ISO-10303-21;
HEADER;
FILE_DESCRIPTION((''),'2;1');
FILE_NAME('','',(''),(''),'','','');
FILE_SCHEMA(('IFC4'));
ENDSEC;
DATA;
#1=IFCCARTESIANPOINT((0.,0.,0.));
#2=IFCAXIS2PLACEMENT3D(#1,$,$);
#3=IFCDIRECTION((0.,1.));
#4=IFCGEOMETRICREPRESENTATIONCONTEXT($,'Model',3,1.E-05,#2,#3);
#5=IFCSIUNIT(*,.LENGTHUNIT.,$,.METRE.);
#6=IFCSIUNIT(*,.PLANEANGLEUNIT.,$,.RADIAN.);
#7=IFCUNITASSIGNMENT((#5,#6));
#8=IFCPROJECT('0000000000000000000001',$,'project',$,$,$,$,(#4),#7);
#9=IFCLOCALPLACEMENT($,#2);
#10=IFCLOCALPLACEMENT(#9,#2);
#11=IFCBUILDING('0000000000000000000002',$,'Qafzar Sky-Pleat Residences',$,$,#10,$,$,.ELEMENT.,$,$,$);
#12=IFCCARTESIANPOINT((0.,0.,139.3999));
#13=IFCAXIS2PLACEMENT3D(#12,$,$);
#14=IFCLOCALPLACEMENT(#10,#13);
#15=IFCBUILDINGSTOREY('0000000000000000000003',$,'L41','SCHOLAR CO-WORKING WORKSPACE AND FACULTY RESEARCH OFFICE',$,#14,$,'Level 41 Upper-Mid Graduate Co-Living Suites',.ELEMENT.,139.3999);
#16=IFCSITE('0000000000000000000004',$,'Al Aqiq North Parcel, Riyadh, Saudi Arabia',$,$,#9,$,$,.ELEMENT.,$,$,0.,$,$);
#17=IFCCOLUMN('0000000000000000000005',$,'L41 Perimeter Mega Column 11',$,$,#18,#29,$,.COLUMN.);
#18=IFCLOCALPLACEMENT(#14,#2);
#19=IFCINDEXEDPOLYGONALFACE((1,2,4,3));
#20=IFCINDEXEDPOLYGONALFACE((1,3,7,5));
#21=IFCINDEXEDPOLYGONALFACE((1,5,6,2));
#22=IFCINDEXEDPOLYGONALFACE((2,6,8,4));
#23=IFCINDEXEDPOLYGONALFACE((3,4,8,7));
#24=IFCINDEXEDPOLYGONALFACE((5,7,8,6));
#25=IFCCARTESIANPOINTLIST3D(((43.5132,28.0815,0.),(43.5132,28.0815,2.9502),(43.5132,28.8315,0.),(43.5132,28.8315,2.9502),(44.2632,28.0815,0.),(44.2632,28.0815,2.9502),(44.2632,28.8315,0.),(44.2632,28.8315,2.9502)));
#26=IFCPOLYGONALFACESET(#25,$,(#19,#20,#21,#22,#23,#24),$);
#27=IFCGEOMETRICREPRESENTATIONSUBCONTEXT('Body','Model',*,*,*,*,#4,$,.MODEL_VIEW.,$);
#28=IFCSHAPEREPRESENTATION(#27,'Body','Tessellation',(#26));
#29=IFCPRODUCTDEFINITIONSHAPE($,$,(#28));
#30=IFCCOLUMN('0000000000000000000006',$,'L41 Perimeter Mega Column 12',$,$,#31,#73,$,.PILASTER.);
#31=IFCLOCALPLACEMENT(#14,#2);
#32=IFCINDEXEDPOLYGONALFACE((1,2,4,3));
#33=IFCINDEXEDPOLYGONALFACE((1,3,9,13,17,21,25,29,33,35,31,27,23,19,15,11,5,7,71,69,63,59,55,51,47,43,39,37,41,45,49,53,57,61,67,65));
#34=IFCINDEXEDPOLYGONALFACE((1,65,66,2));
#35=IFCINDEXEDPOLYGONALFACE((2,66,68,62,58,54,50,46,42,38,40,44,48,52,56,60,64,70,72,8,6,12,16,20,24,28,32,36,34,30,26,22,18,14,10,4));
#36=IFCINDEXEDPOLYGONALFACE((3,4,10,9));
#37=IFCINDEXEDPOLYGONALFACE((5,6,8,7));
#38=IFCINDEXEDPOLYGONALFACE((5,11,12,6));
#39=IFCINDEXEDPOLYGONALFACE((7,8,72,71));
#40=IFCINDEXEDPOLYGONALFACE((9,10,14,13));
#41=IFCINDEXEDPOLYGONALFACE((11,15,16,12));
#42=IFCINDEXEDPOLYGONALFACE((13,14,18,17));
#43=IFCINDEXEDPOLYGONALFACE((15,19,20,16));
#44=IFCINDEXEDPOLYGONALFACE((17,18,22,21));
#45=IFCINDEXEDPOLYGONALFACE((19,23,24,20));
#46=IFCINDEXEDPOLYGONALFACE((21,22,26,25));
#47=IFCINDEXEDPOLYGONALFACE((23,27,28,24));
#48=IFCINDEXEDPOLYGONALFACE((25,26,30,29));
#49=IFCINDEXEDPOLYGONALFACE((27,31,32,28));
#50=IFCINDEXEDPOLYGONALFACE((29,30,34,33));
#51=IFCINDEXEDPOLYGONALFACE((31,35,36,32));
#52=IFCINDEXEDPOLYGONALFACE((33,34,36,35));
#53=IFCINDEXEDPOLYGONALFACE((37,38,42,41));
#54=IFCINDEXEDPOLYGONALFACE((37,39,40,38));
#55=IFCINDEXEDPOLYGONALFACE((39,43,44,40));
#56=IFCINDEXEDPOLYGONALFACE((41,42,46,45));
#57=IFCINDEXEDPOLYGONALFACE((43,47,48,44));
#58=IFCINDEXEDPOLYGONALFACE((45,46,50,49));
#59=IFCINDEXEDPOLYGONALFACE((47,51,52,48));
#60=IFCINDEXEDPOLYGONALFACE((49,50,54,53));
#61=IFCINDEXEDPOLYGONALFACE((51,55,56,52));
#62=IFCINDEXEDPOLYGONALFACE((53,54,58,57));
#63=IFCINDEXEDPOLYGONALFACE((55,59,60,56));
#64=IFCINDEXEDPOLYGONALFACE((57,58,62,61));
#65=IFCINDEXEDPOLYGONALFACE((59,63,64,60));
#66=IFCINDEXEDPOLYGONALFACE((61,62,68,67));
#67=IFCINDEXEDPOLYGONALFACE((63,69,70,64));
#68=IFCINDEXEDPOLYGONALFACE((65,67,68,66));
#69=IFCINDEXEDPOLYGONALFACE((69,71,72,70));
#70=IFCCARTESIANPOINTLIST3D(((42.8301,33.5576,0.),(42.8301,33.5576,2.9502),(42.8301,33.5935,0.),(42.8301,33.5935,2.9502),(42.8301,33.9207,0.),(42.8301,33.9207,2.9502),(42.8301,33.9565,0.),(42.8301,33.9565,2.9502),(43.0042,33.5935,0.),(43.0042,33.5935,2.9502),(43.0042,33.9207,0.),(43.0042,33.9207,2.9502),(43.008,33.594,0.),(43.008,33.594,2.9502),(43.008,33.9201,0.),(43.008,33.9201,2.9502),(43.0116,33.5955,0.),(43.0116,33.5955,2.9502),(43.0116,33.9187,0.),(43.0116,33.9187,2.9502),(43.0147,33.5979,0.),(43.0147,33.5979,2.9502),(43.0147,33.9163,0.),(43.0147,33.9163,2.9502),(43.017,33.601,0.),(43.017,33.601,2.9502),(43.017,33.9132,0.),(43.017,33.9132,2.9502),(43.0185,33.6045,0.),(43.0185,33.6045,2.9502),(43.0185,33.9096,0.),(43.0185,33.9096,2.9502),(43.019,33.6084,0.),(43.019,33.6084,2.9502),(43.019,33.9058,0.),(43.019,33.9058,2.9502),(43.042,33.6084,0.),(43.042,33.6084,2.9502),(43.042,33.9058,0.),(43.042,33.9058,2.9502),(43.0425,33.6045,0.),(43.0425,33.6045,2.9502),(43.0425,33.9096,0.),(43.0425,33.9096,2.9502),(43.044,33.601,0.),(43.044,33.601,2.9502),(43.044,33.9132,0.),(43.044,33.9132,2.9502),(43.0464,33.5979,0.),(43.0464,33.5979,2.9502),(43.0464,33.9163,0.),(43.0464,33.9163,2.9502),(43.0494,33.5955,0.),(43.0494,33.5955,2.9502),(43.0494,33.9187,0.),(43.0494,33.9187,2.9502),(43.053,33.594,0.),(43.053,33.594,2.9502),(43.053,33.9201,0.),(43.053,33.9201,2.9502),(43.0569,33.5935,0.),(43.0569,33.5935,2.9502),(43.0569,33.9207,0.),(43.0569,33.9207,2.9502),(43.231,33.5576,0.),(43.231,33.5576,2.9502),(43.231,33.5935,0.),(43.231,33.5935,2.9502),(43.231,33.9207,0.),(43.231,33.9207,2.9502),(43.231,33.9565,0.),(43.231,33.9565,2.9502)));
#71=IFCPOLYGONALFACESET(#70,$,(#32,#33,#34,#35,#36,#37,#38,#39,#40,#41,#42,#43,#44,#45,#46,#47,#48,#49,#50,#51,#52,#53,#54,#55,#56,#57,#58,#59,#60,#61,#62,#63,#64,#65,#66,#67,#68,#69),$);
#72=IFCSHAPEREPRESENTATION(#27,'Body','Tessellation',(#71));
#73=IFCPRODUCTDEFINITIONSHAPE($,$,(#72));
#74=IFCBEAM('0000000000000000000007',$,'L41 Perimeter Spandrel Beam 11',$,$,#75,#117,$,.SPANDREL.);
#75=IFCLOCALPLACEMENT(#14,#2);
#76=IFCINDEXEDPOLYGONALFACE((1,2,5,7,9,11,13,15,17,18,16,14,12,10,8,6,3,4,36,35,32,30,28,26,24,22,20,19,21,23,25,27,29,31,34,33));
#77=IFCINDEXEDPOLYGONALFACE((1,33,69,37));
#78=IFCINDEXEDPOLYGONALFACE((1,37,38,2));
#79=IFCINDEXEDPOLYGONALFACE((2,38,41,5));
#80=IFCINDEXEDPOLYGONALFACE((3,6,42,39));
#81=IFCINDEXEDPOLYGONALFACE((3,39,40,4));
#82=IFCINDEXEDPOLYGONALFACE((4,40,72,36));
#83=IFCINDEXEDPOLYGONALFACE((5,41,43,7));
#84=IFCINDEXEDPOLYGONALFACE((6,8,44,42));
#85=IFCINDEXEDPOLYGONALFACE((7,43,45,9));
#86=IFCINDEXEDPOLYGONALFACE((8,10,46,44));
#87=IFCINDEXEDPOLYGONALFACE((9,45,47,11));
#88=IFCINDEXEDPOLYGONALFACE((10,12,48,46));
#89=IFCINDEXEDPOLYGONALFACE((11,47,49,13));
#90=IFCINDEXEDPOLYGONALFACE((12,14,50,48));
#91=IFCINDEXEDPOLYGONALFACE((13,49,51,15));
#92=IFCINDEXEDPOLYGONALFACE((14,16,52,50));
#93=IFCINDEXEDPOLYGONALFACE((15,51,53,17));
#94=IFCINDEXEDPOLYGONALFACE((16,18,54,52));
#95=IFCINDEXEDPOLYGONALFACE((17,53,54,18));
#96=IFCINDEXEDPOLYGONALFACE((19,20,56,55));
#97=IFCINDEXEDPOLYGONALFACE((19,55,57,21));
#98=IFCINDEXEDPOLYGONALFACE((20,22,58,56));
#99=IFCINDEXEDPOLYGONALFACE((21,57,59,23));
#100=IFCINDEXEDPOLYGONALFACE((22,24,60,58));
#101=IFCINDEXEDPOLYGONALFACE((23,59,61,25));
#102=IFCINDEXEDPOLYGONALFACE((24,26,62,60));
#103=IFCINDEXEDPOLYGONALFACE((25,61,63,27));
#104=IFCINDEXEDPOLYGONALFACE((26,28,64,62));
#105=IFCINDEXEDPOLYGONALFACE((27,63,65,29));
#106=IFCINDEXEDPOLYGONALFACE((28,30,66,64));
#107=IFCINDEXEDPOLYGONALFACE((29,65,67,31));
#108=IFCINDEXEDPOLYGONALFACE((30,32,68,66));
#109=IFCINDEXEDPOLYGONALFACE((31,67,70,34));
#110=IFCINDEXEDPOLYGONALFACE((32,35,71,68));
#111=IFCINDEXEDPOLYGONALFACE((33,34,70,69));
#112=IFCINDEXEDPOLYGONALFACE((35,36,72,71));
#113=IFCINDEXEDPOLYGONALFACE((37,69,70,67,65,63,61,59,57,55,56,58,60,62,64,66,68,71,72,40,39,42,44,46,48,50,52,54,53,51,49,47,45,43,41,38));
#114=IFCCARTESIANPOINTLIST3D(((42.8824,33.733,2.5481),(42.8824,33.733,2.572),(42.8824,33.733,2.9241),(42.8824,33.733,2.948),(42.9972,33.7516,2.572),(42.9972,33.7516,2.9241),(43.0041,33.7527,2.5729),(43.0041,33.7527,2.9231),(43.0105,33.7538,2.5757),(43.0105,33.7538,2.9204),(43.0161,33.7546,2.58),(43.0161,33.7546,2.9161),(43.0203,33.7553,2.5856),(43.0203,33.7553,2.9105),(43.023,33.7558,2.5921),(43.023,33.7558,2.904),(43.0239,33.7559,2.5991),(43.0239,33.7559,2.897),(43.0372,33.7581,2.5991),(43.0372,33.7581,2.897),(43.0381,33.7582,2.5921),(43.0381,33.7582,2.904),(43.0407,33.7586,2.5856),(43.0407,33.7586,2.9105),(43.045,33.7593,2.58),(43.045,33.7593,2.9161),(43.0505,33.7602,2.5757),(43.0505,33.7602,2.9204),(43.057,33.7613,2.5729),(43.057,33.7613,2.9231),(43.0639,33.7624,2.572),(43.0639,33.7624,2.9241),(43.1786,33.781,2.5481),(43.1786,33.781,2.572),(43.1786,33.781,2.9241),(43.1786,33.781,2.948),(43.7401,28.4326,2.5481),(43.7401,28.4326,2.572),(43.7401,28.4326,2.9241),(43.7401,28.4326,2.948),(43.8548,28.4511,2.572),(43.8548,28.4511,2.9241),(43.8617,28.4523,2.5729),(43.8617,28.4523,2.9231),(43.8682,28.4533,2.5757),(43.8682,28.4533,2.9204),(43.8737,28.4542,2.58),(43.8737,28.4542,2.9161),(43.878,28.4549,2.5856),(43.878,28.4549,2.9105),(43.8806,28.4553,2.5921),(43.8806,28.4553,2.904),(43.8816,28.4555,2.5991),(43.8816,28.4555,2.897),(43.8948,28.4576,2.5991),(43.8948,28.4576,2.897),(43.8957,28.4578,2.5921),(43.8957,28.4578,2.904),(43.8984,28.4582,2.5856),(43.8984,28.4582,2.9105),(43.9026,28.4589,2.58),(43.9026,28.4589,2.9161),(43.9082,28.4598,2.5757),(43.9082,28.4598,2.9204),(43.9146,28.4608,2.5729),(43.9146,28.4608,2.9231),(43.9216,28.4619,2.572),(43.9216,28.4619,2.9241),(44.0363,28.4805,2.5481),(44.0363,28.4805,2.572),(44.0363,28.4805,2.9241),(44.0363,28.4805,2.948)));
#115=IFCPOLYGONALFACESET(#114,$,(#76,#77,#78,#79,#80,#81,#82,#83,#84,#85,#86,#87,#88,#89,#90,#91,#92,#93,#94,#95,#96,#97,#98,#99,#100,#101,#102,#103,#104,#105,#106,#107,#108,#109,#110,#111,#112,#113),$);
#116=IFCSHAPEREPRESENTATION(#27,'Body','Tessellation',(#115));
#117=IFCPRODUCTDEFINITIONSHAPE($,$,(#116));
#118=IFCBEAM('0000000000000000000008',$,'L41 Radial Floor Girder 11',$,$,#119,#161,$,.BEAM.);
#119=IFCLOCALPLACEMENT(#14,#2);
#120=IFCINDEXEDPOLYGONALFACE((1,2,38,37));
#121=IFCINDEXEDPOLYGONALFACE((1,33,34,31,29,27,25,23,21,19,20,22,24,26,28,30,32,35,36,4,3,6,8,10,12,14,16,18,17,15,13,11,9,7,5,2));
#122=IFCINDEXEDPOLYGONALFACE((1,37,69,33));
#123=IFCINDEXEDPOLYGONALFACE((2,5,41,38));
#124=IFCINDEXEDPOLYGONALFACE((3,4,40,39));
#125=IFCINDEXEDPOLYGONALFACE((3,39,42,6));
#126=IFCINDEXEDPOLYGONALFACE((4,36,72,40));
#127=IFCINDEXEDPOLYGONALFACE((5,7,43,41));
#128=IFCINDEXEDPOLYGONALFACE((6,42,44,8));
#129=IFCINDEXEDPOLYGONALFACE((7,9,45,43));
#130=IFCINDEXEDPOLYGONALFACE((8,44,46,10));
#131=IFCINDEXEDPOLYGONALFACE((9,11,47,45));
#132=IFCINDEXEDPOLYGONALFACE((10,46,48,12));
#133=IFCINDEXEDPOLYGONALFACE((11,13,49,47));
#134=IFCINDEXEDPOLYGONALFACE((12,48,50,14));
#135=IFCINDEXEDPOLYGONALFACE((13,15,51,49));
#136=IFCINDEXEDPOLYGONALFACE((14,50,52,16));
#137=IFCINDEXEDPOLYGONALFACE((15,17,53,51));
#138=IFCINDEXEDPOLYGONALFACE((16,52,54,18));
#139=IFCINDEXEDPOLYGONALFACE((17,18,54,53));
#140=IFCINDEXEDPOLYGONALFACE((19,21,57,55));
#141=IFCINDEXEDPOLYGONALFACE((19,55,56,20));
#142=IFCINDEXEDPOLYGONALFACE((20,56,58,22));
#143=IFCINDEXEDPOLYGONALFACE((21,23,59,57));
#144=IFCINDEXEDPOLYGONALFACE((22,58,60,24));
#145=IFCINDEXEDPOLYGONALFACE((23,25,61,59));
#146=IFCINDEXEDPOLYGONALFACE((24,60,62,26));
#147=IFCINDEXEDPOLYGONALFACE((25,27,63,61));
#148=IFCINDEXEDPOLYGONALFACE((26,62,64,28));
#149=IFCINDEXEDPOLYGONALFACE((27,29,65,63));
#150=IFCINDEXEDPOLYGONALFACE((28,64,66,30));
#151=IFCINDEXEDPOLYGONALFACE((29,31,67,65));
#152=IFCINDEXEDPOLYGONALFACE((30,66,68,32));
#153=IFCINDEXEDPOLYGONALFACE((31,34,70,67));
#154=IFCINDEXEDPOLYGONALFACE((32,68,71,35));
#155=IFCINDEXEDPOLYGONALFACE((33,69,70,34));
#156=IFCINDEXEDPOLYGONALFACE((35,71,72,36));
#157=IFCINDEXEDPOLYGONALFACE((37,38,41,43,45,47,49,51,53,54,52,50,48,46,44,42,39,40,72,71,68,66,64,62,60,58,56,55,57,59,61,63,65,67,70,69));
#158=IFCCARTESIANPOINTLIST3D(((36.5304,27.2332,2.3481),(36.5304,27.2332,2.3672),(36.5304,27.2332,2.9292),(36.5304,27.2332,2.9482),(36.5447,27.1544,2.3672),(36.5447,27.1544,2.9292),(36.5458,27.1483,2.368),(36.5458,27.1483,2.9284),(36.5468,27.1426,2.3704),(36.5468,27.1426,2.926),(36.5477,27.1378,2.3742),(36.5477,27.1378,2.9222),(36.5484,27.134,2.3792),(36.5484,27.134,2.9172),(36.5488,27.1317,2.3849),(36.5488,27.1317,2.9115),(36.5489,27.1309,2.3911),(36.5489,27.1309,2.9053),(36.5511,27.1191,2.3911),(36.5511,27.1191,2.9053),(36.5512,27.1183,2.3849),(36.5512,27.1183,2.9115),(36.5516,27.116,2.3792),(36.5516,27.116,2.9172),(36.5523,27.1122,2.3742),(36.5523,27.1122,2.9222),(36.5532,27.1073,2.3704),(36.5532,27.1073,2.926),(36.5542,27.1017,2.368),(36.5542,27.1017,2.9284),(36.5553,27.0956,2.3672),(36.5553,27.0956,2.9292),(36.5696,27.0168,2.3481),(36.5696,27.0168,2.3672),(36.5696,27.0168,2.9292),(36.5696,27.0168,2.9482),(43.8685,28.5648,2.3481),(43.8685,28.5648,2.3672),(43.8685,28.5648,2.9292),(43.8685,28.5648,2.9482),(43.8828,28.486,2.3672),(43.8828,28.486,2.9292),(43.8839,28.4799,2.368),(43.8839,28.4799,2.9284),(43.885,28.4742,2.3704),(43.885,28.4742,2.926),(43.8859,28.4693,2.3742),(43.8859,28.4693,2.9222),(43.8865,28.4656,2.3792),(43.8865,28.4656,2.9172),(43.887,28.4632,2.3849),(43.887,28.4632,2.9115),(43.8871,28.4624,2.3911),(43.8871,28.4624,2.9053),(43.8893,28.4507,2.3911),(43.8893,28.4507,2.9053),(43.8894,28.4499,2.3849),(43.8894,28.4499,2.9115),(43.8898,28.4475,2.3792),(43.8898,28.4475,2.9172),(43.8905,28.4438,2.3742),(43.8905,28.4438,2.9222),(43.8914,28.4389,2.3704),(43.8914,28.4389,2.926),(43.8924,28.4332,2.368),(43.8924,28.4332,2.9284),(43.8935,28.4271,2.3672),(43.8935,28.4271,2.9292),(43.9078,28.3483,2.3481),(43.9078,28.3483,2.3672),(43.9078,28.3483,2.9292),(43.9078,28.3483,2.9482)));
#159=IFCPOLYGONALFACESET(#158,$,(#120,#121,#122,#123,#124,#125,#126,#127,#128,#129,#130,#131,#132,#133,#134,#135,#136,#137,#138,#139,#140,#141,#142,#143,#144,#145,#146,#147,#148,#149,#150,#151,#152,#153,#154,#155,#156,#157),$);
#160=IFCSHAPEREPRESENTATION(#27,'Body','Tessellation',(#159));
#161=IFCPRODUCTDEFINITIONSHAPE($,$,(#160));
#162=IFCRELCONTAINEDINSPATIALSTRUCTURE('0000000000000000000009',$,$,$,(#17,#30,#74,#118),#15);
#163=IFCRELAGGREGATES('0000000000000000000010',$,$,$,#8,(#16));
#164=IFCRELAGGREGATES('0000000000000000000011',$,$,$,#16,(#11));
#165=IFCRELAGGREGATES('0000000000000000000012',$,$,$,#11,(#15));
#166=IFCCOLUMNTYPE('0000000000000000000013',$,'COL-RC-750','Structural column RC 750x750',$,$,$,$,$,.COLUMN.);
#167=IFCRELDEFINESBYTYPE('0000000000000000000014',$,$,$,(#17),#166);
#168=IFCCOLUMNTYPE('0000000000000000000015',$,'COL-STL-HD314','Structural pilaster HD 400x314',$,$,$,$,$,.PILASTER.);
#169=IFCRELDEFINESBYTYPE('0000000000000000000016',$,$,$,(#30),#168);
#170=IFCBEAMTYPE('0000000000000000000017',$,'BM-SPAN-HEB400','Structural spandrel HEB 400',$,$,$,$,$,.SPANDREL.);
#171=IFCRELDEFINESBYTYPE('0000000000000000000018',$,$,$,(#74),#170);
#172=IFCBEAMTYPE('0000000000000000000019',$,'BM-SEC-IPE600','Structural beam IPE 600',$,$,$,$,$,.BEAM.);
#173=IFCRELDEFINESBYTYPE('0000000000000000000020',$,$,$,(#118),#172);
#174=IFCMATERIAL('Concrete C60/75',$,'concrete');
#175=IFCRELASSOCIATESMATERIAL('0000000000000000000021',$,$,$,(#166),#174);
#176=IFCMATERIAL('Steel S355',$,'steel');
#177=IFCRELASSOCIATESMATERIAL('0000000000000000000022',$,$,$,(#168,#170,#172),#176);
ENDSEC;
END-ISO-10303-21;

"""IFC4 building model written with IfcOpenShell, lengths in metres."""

from ifc_helpers import new_model, si_unit, direction, frame, origin, origin_2d, place, context, subcontext, project, spatial, rectangle, i_section, extrude, source, transform, mapped, material, material_profile, profile_set, type_object, element, save


model = new_model("IFC4")

# Units and contexts
model_context = context("Model", 3, precision=1e-05, world=origin(), true_north=direction((0.0, 1.0)))
body_context = subcontext(model_context, "Body", "Model", "MODEL_VIEW")
ifc_project = project(units=[si_unit("LENGTHUNIT", "METRE"), si_unit("PLANEANGLEUNIT", "RADIAN")], contexts=[model_context])

# Site, building, storey
site_placement = place(None, origin())
site = spatial("IfcSite", under=ifc_project, at=site_placement, Name="Al Aqiq North Parcel, Riyadh, Saudi Arabia", CompositionType="ELEMENT", RefElevation=0.0)
building_placement = place(site_placement, origin())
building = spatial("IfcBuilding", under=site, at=building_placement, Name="Qafzar Sky-Pleat Residences", CompositionType="ELEMENT")
storey_placement = place(building_placement, frame((0.0, 0.0, 139.3999)))
storey = spatial("IfcBuildingStorey", under=building, at=storey_placement, Name="L41", Description="SCHOLAR CO-WORKING WORKSPACE AND FACULTY RESEARCH OFFICE", LongName="Level 41 Upper-Mid Graduate Co-Living Suites", CompositionType="ELEMENT", Elevation=139.3999)

# Columns
ifc_material_1 = material(Name="Concrete C60/75", Category="concrete")
ifc_material_profile_1 = material_profile(ifc_material_1, rectangle(XDim=0.75, YDim=0.75, at=origin_2d()), Name="RC 750x750")
ifc_profile_set_1 = profile_set([ifc_material_profile_1], Name="Concrete C60/75")
column_type_1 = type_object("IfcColumnType", Name="COL-RC-750", Description="Structural column RC 750x750", PredefinedType="COLUMN", material=ifc_profile_set_1)
shared_shape_1 = source(origin(), body_context, "Body", "SweptSolid", [
    extrude(rectangle(XDim=0.75, YDim=0.75, at=origin_2d()), origin(), (0.0, 0.0, 1.0), 2.9502),
])
column_1_placement = place(storey_placement, frame((43.8882, 28.4565, 0.0), z_axis=(0.0, 0.0, 1.0), x_axis=(1.0, 0.0, 0.0)))
element("IfcColumn", 1, at=column_1_placement, inside=storey, type_object=column_type_1, Name="L41 Perimeter Mega Column 11", PredefinedType="COLUMN", context=body_context, shape_type="MappedRepresentation", body=[
    mapped(shared_shape_1, transform((0.0, 0.0, 0.0), x_axis=(1.0, 0.0, 0.0), y_axis=(0.0, 1.0, 0.0), z_axis=(0.0, 0.0, 1.0), scale=1.0)),
])
ifc_material_2 = material(Name="Steel S355", Category="steel")
ifc_material_profile_2 = material_profile(ifc_material_2, i_section(OverallWidth=0.4009, OverallDepth=0.3989, WebThickness=0.0229, FlangeThickness=0.0359, FilletRadius=0.0149, at=origin_2d()), Name="HD 400x314")
ifc_profile_set_2 = profile_set([ifc_material_profile_2], Name="Steel S355")
column_type_2 = type_object("IfcColumnType", Name="COL-STL-HD314", Description="Structural pilaster HD 400x314", PredefinedType="PILASTER", material=ifc_profile_set_2)
shared_shape_2 = source(origin(), body_context, "Body", "SweptSolid", [
    extrude(i_section(OverallWidth=0.4009, OverallDepth=0.3989, WebThickness=0.0229, FlangeThickness=0.0359, FilletRadius=0.0149, at=origin_2d()), origin(), (0.0, 0.0, 1.0), 2.9502),
])
column_2_placement = place(storey_placement, frame((43.0305, 33.7571, 0.0), z_axis=(0.0, 0.0, 1.0), x_axis=(1.0, 0.0, 0.0)))
element("IfcColumn", 2, at=column_2_placement, inside=storey, type_object=column_type_2, Name="L41 Perimeter Mega Column 12", PredefinedType="PILASTER", context=body_context, shape_type="MappedRepresentation", body=[
    mapped(shared_shape_2, transform((0.0, 0.0, 0.0), x_axis=(1.0, 0.0, 0.0), y_axis=(0.0, 1.0, 0.0), z_axis=(0.0, 0.0, 1.0), scale=1.0)),
])

# Beams
ifc_material_profile_3 = material_profile(ifc_material_2, i_section(OverallWidth=0.3, OverallDepth=0.3999, WebThickness=0.0134, FlangeThickness=0.0239, FilletRadius=0.0271, at=origin_2d()), Name="HEB 400")
ifc_profile_set_3 = profile_set([ifc_material_profile_3], Name="Steel S355")
beam_type_1 = type_object("IfcBeamType", Name="BM-SPAN-HEB400", Description="Structural spandrel HEB 400", PredefinedType="SPANDREL", material=ifc_profile_set_3)
shared_shape_3 = source(origin(), body_context, "Body", "SweptSolid", [
    extrude(i_section(OverallWidth=0.3, OverallDepth=0.3999, WebThickness=0.0134, FlangeThickness=0.0239, FilletRadius=0.0271, at=origin_2d()), origin(), (0.0, 0.0, 1.0), 5.3694),
])
beam_1_placement = place(storey_placement, frame((43.8882, 28.4565, 2.748), z_axis=(-0.15973, 0.987161, 0.0), x_axis=(-0.987161, -0.15973, 0.0)))
element("IfcBeam", 3, at=beam_1_placement, inside=storey, type_object=beam_type_1, Name="L41 Perimeter Spandrel Beam 11", PredefinedType="SPANDREL", context=body_context, shape_type="MappedRepresentation", body=[
    mapped(shared_shape_3, transform((0.0, 0.0, 0.0), x_axis=(1.0, 0.0, 0.0), y_axis=(0.0, 1.0, 0.0), z_axis=(0.0, 0.0, 1.0), scale=1.0)),
])
ifc_material_profile_4 = material_profile(ifc_material_2, i_section(OverallWidth=0.22, OverallDepth=0.6001, WebThickness=0.012, FlangeThickness=0.019, FilletRadius=0.0239, at=origin_2d()), Name="IPE 600")
ifc_profile_set_4 = profile_set([ifc_material_profile_4], Name="Steel S355")
beam_type_2 = type_object("IfcBeamType", Name="BM-SEC-IPE600", Description="Structural beam IPE 600", PredefinedType="BEAM", material=ifc_profile_set_4)
shared_shape_4 = source(origin(), body_context, "Body", "SweptSolid", [
    extrude(i_section(OverallWidth=0.22, OverallDepth=0.6001, WebThickness=0.012, FlangeThickness=0.019, FilletRadius=0.0239, at=origin_2d()), origin(), (0.0, 0.0, 1.0), 7.458),
])
beam_2_placement = place(storey_placement, frame((43.8882, 28.4565, 2.6482), z_axis=(-0.983933, -0.17854, 0.0), x_axis=(0.17854, -0.983933, 0.0)))
element("IfcBeam", 4, at=beam_2_placement, inside=storey, type_object=beam_type_2, Name="L41 Radial Floor Girder 11", PredefinedType="BEAM", context=body_context, shape_type="MappedRepresentation", body=[
    mapped(shared_shape_4, transform((0.0, 0.0, 0.0), x_axis=(1.0, 0.0, 0.0), y_axis=(0.0, 1.0, 0.0), z_axis=(0.0, 0.0, 1.0), scale=1.0)),
])

save(model, "model.ifc")
